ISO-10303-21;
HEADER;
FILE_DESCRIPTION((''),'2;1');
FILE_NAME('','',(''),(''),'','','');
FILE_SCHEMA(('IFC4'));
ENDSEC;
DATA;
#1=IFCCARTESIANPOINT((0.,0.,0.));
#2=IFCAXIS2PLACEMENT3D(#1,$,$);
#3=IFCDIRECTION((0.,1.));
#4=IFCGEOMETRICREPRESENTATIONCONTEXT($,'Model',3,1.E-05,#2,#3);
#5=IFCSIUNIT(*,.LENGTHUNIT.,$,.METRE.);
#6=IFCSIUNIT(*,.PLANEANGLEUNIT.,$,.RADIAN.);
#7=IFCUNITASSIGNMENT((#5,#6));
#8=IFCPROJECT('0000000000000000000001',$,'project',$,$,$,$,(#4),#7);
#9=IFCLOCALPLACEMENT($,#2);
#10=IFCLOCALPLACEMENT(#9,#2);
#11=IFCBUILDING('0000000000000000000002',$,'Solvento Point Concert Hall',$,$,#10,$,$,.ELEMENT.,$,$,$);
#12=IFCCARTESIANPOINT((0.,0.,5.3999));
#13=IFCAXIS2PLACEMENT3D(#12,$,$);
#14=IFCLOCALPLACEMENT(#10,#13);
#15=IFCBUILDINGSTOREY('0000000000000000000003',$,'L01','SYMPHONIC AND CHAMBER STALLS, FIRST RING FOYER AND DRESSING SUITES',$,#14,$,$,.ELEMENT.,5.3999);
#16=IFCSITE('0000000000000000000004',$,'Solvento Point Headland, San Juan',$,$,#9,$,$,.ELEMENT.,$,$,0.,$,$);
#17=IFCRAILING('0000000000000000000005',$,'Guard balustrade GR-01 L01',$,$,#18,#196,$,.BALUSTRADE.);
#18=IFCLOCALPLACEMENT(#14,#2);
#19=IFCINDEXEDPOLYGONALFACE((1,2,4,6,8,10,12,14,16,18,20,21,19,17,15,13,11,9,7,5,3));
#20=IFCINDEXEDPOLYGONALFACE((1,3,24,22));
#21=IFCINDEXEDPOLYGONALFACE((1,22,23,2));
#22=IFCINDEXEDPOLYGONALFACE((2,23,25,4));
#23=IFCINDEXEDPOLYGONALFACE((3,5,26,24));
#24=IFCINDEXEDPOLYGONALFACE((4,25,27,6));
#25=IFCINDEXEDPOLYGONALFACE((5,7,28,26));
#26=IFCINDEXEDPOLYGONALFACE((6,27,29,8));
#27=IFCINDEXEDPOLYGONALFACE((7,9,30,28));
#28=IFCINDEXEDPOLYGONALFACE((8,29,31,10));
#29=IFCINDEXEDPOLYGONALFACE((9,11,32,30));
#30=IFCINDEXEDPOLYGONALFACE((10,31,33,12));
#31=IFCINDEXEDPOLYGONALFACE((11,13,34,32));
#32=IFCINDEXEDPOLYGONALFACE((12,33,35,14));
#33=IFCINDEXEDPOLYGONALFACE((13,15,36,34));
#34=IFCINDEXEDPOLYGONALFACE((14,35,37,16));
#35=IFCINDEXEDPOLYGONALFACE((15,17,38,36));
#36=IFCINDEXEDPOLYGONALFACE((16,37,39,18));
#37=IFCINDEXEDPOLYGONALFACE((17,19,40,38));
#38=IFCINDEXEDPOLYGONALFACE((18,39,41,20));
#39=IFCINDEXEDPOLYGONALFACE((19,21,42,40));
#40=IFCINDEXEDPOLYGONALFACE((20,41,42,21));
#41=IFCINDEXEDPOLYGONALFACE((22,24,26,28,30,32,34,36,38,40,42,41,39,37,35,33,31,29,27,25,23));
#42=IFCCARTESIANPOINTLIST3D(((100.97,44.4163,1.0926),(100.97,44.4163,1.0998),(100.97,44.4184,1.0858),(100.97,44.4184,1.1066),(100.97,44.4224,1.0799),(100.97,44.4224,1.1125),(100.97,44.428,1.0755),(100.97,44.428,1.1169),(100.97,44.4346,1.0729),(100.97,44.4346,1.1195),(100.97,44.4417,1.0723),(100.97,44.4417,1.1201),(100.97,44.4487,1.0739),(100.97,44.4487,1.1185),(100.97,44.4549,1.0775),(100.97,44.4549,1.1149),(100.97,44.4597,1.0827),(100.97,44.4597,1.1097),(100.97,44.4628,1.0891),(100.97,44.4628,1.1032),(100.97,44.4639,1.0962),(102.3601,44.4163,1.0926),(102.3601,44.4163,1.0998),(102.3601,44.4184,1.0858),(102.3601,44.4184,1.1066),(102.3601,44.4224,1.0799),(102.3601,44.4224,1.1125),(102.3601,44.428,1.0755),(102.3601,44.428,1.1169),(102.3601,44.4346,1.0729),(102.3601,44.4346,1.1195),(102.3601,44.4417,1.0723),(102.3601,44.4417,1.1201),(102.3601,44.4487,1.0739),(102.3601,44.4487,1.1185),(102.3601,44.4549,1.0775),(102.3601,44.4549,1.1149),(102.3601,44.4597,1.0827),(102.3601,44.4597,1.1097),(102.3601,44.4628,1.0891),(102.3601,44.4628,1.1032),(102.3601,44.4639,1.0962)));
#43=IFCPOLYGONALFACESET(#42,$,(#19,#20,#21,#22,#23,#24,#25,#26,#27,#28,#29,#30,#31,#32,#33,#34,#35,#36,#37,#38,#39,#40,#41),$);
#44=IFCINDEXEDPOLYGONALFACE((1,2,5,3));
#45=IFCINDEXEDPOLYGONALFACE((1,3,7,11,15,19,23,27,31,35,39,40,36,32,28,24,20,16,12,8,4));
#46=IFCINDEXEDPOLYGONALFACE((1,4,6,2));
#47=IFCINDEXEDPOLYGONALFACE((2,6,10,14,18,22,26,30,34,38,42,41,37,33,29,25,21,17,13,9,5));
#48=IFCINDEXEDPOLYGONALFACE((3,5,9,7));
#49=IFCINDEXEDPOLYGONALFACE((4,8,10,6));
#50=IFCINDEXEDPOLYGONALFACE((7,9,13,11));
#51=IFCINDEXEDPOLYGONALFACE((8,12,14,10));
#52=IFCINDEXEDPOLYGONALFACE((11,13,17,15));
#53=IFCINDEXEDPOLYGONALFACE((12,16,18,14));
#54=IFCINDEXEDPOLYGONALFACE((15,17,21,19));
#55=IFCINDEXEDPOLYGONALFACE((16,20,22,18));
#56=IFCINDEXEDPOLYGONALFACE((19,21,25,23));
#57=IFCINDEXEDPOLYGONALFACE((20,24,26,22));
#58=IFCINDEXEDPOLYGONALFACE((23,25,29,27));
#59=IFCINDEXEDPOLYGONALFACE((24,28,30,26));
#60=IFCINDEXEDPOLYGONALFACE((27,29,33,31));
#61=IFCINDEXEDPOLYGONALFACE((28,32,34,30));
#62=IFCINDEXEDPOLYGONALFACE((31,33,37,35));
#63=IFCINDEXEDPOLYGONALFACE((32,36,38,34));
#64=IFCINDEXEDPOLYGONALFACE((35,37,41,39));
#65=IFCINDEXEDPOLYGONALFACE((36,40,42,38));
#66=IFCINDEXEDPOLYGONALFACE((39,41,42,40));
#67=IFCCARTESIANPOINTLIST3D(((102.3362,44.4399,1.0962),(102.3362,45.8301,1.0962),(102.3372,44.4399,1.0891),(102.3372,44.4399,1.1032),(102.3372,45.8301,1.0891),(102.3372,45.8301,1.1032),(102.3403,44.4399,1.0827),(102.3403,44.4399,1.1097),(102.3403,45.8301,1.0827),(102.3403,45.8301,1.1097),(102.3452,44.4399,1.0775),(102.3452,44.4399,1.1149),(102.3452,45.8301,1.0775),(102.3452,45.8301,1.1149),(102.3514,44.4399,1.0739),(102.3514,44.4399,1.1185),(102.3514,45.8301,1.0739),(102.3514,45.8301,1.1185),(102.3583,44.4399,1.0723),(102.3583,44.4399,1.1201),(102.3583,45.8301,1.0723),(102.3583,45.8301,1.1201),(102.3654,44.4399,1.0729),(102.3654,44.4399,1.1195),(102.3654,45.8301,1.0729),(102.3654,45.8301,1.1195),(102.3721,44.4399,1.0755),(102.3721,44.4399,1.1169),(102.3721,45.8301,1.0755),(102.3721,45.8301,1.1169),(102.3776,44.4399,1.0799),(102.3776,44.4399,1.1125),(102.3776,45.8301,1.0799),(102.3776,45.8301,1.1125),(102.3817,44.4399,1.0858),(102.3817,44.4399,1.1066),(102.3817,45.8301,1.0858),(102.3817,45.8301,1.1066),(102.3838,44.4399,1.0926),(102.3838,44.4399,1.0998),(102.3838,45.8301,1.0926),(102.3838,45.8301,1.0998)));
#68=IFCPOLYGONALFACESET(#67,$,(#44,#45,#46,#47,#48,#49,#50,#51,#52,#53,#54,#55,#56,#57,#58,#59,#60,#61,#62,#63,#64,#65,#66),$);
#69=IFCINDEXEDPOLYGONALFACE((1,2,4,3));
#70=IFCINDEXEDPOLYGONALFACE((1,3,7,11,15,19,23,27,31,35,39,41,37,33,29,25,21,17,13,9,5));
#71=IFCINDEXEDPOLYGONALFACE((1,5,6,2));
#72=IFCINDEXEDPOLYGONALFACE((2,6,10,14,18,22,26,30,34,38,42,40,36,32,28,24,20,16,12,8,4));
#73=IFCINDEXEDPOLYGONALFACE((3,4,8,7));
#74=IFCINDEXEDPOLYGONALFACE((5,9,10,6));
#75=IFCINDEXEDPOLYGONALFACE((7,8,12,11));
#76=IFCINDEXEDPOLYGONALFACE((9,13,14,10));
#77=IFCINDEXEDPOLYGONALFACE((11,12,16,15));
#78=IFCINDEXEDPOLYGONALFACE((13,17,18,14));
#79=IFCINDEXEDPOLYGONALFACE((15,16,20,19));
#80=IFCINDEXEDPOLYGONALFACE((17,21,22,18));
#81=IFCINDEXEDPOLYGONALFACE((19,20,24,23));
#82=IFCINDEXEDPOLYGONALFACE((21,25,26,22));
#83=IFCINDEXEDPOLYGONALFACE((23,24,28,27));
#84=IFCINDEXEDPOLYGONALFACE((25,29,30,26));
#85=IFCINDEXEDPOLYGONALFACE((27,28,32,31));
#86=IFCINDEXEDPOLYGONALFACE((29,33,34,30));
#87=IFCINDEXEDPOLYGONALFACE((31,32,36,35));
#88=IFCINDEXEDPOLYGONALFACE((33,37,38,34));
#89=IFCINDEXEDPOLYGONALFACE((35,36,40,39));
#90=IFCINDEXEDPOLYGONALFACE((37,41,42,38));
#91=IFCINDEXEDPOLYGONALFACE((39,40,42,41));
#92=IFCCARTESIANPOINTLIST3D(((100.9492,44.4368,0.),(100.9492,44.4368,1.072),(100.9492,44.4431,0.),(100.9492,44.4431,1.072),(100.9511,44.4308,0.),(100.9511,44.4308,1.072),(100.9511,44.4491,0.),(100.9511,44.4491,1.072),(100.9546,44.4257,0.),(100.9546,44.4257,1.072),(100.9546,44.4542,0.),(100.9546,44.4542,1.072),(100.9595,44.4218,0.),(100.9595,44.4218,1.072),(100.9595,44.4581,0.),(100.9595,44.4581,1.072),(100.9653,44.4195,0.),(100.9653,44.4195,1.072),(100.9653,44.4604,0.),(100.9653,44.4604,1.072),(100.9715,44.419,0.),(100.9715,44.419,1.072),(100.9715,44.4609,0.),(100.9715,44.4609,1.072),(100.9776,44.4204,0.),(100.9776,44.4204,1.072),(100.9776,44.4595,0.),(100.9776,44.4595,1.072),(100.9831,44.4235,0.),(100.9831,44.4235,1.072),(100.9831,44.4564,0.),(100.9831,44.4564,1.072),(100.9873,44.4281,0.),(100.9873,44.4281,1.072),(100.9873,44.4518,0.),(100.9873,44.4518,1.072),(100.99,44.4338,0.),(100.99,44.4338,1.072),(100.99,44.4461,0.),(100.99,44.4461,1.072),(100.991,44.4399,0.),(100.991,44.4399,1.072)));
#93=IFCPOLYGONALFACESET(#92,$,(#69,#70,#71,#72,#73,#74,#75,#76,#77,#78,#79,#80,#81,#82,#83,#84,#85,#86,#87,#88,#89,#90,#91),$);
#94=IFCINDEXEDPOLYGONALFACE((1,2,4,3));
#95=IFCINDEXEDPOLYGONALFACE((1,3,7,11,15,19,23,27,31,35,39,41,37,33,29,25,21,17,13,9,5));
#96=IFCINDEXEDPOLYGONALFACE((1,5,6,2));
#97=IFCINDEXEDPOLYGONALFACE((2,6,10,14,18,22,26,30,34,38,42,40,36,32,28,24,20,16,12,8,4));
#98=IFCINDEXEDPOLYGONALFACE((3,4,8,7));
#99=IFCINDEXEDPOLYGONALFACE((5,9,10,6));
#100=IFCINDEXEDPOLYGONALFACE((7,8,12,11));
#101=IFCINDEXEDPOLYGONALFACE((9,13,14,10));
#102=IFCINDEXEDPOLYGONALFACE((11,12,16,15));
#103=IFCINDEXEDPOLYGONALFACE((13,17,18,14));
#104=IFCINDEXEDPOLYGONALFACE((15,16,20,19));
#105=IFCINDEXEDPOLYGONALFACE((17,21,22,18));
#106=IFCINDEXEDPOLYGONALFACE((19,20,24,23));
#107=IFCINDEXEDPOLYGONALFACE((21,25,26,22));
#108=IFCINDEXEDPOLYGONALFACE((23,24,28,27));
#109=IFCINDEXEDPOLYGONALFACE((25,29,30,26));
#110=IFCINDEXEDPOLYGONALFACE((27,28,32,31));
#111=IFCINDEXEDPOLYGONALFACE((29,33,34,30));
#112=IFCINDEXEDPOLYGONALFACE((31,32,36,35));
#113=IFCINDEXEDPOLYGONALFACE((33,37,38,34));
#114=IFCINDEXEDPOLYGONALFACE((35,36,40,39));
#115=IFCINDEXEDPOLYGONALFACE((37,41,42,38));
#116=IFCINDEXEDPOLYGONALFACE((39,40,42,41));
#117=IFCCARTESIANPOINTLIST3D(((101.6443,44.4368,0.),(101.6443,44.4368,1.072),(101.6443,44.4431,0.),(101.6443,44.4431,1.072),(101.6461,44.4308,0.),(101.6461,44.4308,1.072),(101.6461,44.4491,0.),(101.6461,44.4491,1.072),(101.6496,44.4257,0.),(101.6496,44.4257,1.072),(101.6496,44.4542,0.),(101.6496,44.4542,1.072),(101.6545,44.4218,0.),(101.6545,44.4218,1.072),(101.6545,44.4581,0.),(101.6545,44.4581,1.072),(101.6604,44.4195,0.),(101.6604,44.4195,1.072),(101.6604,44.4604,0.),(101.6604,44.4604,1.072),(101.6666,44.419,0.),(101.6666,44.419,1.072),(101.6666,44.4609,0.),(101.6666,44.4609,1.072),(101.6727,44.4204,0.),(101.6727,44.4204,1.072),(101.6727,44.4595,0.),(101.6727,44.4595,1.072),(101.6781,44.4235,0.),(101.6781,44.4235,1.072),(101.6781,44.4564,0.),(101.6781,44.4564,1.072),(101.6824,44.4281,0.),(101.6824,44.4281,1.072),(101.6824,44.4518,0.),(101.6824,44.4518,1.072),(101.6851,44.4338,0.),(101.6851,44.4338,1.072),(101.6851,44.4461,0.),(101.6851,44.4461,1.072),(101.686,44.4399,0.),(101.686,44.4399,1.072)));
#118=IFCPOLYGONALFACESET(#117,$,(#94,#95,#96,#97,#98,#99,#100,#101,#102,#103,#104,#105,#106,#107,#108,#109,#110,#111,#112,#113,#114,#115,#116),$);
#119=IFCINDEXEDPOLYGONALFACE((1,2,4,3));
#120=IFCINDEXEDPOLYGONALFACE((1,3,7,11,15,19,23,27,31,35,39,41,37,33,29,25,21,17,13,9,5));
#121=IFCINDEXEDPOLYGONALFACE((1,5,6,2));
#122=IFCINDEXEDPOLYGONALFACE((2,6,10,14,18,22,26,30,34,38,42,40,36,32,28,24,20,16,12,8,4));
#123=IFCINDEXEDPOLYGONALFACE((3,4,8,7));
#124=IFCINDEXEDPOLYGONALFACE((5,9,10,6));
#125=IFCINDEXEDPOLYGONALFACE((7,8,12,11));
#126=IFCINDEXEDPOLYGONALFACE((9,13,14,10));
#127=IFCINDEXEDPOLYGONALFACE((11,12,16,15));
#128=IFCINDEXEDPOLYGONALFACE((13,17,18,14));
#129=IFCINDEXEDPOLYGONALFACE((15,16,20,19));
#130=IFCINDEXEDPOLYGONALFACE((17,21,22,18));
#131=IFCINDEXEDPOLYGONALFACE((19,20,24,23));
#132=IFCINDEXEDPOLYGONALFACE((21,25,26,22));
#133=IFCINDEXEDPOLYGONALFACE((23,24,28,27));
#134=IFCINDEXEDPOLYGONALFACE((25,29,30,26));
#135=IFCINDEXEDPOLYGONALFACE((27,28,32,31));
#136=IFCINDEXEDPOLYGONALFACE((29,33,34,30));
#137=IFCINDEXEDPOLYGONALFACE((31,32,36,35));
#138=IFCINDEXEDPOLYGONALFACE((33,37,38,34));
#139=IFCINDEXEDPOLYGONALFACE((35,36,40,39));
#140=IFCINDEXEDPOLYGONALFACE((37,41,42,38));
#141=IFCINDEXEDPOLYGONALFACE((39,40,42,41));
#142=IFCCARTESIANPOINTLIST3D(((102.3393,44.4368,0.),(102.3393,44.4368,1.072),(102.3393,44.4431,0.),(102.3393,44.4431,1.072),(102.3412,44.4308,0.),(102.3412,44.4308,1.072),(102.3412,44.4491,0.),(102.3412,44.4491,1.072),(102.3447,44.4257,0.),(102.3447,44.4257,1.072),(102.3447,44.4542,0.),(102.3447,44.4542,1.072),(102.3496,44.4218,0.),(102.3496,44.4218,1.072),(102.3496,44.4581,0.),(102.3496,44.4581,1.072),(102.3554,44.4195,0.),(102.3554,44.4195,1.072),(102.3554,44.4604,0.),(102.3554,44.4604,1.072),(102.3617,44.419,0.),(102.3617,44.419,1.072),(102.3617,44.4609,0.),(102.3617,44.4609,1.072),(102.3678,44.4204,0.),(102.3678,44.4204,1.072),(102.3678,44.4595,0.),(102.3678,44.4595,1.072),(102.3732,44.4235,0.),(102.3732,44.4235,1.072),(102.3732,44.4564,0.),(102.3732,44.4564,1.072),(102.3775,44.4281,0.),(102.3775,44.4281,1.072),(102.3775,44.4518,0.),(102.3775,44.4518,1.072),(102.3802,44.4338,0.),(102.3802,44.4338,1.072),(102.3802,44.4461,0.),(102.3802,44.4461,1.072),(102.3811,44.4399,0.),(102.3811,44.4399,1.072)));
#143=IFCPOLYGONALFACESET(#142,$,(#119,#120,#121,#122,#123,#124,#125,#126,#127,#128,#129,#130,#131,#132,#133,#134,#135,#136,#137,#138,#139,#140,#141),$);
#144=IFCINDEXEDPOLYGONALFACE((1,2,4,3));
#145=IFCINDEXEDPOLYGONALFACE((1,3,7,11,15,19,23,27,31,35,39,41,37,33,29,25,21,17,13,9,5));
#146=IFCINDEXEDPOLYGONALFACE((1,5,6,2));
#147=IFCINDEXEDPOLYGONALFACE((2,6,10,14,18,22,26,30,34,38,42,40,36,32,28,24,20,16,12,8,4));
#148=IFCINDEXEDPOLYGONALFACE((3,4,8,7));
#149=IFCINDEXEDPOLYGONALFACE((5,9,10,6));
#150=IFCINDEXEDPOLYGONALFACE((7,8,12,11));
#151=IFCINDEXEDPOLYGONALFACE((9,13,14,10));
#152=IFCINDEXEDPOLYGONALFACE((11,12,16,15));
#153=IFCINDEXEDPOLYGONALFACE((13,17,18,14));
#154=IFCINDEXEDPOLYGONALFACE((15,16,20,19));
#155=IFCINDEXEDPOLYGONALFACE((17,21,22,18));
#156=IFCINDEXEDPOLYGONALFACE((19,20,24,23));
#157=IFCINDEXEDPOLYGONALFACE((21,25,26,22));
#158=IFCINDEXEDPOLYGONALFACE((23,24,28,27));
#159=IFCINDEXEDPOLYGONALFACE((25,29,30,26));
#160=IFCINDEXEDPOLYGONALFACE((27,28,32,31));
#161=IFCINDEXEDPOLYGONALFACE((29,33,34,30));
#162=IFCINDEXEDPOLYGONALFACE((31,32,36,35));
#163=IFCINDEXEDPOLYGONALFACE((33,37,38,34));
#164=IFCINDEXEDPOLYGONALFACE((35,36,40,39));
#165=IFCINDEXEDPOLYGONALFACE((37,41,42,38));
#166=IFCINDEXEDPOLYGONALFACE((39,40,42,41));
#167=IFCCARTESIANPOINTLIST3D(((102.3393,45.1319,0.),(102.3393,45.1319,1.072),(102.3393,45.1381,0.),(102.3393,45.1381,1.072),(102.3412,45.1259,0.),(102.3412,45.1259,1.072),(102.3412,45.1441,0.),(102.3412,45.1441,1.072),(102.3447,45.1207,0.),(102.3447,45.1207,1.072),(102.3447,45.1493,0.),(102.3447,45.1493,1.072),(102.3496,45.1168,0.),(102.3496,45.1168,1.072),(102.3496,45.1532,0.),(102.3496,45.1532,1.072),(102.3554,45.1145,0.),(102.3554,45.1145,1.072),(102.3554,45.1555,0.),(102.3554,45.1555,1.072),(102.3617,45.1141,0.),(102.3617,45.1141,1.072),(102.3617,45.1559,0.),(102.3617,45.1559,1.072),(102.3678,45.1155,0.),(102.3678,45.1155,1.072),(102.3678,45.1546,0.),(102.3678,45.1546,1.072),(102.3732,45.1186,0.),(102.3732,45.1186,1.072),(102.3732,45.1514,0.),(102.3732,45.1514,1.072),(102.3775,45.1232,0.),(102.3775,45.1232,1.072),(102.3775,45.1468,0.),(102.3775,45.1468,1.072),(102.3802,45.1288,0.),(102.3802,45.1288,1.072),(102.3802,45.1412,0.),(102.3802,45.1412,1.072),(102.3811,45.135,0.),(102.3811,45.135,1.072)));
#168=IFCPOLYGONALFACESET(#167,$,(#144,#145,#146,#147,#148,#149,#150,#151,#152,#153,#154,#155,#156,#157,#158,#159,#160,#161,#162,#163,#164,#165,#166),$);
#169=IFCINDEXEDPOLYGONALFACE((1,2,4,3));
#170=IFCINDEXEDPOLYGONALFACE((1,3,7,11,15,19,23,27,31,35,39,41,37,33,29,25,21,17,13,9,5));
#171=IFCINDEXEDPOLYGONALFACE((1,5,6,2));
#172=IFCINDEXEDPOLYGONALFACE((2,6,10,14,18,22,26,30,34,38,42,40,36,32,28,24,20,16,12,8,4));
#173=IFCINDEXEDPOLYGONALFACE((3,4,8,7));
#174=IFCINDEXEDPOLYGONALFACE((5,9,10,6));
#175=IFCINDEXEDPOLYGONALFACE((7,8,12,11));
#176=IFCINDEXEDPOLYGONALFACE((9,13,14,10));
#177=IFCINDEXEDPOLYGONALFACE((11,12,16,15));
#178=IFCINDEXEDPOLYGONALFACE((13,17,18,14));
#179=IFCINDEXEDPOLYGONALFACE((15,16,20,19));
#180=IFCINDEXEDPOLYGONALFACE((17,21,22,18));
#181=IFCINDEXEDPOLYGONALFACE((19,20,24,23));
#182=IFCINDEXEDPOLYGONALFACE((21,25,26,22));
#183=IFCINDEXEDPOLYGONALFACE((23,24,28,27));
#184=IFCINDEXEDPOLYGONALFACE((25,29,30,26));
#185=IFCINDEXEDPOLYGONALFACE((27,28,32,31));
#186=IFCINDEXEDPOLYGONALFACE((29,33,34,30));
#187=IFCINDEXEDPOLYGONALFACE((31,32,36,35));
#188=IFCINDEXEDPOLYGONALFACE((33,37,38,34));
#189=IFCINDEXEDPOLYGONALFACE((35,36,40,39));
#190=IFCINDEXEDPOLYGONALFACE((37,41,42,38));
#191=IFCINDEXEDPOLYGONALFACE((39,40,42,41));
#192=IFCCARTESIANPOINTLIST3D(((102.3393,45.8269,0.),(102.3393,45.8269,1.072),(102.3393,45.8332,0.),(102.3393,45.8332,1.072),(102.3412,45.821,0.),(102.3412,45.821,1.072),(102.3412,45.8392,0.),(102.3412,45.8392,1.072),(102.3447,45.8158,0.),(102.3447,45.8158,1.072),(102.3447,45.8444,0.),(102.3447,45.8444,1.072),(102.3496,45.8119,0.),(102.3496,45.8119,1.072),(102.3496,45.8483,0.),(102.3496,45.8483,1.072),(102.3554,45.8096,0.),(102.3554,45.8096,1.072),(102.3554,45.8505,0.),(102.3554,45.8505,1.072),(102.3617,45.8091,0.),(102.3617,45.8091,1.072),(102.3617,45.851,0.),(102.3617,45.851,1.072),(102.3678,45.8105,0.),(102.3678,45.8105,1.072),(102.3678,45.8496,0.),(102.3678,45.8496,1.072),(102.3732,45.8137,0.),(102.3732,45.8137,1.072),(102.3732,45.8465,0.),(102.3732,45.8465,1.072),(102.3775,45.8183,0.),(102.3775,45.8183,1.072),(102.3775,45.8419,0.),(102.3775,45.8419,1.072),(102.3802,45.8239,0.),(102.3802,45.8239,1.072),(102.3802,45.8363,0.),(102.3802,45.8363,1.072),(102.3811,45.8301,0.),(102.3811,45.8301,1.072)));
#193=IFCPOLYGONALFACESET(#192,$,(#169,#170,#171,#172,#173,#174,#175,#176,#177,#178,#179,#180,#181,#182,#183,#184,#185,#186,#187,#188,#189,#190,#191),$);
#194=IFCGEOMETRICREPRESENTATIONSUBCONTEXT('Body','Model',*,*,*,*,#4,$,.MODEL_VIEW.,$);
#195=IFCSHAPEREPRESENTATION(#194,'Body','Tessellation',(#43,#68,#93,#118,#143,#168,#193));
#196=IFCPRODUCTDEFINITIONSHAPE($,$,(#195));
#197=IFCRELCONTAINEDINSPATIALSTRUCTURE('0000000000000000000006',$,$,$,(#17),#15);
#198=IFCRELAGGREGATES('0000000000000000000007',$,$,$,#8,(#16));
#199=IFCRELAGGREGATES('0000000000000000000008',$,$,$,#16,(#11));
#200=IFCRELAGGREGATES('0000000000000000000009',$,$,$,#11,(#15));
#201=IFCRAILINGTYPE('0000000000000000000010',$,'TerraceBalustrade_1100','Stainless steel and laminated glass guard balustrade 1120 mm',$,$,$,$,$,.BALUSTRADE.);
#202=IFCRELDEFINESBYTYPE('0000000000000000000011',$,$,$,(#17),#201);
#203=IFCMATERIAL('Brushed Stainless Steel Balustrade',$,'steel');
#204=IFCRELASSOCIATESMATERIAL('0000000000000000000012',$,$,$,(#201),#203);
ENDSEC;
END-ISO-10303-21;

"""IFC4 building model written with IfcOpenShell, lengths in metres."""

from ifc_helpers import new_model, si_unit, direction, frame, origin, origin_2d, place, context, subcontext, project, spatial, circle, extrude, material, type_object, element, save


model = new_model("IFC4")

# Units and contexts
model_context = context("Model", 3, precision=1e-05, world=origin(), true_north=direction((0.0, 1.0)))
body_context = subcontext(model_context, "Body", "Model", "MODEL_VIEW")
ifc_project = project(units=[si_unit("LENGTHUNIT", "METRE"), si_unit("PLANEANGLEUNIT", "RADIAN")], contexts=[model_context])

# Site, building, storey
site_placement = place(None, origin())
site = spatial("IfcSite", under=ifc_project, at=site_placement, Name="Solvento Point Headland, San Juan", CompositionType="ELEMENT", RefElevation=0.0)
building_placement = place(site_placement, origin())
building = spatial("IfcBuilding", under=site, at=building_placement, Name="Solvento Point Concert Hall", CompositionType="ELEMENT")
storey_placement = place(building_placement, frame((0.0, 0.0, 5.3999)))
storey = spatial("IfcBuildingStorey", under=building, at=storey_placement, Name="L01", Description="SYMPHONIC AND CHAMBER STALLS, FIRST RING FOYER AND DRESSING SUITES", CompositionType="ELEMENT", Elevation=5.3999)

# Railing
ifc_material_1 = material(Name="Brushed Stainless Steel Balustrade", Category="steel")
railing_type_1 = type_object("IfcRailingType", Name="TerraceBalustrade_1100", Description="Stainless steel and laminated glass guard balustrade 1120 mm", PredefinedType="BALUSTRADE", material=ifc_material_1)
railing_1_placement = place(storey_placement, frame((100.97, 44.4399, 0.0)))
element("IfcRailing", 1, at=railing_1_placement, inside=storey, type_object=railing_type_1, Name="Guard balustrade GR-01 L01", PredefinedType="BALUSTRADE", context=body_context, shape_type="SweptSolid", body=[
    extrude(circle(Radius=0.0239, at=origin_2d()), frame((0.0, 0.0, 1.0962), z_axis=(1.0, 0.0, 0.0), x_axis=(0.0, 1.0, 0.0)), (0.0, 0.0, 1.0), 1.3901),
    extrude(circle(Radius=0.0239, at=origin_2d()), frame((1.3901, 0.0, 1.0962), z_axis=(0.0, 1.0, 0.0), x_axis=(-1.0, 0.0, 0.0)), (0.0, 0.0, 1.0), 1.3901),
    extrude(circle(Radius=0.021, at=origin_2d()), origin(), (0.0, 0.0, 1.0), 1.072),
    extrude(circle(Radius=0.021, at=origin_2d()), frame((0.6951, 0.0, 0.0)), (0.0, 0.0, 1.0), 1.072),
    extrude(circle(Radius=0.021, at=origin_2d()), frame((1.3901, 0.0, 0.0)), (0.0, 0.0, 1.0), 1.072),
    extrude(circle(Radius=0.021, at=origin_2d()), frame((1.3901, 0.6951, 0.0)), (0.0, 0.0, 1.0), 1.072),
    extrude(circle(Radius=0.021, at=origin_2d()), frame((1.3901, 1.3901, 0.0)), (0.0, 0.0, 1.0), 1.072),
])

save(model, "model.ifc")
